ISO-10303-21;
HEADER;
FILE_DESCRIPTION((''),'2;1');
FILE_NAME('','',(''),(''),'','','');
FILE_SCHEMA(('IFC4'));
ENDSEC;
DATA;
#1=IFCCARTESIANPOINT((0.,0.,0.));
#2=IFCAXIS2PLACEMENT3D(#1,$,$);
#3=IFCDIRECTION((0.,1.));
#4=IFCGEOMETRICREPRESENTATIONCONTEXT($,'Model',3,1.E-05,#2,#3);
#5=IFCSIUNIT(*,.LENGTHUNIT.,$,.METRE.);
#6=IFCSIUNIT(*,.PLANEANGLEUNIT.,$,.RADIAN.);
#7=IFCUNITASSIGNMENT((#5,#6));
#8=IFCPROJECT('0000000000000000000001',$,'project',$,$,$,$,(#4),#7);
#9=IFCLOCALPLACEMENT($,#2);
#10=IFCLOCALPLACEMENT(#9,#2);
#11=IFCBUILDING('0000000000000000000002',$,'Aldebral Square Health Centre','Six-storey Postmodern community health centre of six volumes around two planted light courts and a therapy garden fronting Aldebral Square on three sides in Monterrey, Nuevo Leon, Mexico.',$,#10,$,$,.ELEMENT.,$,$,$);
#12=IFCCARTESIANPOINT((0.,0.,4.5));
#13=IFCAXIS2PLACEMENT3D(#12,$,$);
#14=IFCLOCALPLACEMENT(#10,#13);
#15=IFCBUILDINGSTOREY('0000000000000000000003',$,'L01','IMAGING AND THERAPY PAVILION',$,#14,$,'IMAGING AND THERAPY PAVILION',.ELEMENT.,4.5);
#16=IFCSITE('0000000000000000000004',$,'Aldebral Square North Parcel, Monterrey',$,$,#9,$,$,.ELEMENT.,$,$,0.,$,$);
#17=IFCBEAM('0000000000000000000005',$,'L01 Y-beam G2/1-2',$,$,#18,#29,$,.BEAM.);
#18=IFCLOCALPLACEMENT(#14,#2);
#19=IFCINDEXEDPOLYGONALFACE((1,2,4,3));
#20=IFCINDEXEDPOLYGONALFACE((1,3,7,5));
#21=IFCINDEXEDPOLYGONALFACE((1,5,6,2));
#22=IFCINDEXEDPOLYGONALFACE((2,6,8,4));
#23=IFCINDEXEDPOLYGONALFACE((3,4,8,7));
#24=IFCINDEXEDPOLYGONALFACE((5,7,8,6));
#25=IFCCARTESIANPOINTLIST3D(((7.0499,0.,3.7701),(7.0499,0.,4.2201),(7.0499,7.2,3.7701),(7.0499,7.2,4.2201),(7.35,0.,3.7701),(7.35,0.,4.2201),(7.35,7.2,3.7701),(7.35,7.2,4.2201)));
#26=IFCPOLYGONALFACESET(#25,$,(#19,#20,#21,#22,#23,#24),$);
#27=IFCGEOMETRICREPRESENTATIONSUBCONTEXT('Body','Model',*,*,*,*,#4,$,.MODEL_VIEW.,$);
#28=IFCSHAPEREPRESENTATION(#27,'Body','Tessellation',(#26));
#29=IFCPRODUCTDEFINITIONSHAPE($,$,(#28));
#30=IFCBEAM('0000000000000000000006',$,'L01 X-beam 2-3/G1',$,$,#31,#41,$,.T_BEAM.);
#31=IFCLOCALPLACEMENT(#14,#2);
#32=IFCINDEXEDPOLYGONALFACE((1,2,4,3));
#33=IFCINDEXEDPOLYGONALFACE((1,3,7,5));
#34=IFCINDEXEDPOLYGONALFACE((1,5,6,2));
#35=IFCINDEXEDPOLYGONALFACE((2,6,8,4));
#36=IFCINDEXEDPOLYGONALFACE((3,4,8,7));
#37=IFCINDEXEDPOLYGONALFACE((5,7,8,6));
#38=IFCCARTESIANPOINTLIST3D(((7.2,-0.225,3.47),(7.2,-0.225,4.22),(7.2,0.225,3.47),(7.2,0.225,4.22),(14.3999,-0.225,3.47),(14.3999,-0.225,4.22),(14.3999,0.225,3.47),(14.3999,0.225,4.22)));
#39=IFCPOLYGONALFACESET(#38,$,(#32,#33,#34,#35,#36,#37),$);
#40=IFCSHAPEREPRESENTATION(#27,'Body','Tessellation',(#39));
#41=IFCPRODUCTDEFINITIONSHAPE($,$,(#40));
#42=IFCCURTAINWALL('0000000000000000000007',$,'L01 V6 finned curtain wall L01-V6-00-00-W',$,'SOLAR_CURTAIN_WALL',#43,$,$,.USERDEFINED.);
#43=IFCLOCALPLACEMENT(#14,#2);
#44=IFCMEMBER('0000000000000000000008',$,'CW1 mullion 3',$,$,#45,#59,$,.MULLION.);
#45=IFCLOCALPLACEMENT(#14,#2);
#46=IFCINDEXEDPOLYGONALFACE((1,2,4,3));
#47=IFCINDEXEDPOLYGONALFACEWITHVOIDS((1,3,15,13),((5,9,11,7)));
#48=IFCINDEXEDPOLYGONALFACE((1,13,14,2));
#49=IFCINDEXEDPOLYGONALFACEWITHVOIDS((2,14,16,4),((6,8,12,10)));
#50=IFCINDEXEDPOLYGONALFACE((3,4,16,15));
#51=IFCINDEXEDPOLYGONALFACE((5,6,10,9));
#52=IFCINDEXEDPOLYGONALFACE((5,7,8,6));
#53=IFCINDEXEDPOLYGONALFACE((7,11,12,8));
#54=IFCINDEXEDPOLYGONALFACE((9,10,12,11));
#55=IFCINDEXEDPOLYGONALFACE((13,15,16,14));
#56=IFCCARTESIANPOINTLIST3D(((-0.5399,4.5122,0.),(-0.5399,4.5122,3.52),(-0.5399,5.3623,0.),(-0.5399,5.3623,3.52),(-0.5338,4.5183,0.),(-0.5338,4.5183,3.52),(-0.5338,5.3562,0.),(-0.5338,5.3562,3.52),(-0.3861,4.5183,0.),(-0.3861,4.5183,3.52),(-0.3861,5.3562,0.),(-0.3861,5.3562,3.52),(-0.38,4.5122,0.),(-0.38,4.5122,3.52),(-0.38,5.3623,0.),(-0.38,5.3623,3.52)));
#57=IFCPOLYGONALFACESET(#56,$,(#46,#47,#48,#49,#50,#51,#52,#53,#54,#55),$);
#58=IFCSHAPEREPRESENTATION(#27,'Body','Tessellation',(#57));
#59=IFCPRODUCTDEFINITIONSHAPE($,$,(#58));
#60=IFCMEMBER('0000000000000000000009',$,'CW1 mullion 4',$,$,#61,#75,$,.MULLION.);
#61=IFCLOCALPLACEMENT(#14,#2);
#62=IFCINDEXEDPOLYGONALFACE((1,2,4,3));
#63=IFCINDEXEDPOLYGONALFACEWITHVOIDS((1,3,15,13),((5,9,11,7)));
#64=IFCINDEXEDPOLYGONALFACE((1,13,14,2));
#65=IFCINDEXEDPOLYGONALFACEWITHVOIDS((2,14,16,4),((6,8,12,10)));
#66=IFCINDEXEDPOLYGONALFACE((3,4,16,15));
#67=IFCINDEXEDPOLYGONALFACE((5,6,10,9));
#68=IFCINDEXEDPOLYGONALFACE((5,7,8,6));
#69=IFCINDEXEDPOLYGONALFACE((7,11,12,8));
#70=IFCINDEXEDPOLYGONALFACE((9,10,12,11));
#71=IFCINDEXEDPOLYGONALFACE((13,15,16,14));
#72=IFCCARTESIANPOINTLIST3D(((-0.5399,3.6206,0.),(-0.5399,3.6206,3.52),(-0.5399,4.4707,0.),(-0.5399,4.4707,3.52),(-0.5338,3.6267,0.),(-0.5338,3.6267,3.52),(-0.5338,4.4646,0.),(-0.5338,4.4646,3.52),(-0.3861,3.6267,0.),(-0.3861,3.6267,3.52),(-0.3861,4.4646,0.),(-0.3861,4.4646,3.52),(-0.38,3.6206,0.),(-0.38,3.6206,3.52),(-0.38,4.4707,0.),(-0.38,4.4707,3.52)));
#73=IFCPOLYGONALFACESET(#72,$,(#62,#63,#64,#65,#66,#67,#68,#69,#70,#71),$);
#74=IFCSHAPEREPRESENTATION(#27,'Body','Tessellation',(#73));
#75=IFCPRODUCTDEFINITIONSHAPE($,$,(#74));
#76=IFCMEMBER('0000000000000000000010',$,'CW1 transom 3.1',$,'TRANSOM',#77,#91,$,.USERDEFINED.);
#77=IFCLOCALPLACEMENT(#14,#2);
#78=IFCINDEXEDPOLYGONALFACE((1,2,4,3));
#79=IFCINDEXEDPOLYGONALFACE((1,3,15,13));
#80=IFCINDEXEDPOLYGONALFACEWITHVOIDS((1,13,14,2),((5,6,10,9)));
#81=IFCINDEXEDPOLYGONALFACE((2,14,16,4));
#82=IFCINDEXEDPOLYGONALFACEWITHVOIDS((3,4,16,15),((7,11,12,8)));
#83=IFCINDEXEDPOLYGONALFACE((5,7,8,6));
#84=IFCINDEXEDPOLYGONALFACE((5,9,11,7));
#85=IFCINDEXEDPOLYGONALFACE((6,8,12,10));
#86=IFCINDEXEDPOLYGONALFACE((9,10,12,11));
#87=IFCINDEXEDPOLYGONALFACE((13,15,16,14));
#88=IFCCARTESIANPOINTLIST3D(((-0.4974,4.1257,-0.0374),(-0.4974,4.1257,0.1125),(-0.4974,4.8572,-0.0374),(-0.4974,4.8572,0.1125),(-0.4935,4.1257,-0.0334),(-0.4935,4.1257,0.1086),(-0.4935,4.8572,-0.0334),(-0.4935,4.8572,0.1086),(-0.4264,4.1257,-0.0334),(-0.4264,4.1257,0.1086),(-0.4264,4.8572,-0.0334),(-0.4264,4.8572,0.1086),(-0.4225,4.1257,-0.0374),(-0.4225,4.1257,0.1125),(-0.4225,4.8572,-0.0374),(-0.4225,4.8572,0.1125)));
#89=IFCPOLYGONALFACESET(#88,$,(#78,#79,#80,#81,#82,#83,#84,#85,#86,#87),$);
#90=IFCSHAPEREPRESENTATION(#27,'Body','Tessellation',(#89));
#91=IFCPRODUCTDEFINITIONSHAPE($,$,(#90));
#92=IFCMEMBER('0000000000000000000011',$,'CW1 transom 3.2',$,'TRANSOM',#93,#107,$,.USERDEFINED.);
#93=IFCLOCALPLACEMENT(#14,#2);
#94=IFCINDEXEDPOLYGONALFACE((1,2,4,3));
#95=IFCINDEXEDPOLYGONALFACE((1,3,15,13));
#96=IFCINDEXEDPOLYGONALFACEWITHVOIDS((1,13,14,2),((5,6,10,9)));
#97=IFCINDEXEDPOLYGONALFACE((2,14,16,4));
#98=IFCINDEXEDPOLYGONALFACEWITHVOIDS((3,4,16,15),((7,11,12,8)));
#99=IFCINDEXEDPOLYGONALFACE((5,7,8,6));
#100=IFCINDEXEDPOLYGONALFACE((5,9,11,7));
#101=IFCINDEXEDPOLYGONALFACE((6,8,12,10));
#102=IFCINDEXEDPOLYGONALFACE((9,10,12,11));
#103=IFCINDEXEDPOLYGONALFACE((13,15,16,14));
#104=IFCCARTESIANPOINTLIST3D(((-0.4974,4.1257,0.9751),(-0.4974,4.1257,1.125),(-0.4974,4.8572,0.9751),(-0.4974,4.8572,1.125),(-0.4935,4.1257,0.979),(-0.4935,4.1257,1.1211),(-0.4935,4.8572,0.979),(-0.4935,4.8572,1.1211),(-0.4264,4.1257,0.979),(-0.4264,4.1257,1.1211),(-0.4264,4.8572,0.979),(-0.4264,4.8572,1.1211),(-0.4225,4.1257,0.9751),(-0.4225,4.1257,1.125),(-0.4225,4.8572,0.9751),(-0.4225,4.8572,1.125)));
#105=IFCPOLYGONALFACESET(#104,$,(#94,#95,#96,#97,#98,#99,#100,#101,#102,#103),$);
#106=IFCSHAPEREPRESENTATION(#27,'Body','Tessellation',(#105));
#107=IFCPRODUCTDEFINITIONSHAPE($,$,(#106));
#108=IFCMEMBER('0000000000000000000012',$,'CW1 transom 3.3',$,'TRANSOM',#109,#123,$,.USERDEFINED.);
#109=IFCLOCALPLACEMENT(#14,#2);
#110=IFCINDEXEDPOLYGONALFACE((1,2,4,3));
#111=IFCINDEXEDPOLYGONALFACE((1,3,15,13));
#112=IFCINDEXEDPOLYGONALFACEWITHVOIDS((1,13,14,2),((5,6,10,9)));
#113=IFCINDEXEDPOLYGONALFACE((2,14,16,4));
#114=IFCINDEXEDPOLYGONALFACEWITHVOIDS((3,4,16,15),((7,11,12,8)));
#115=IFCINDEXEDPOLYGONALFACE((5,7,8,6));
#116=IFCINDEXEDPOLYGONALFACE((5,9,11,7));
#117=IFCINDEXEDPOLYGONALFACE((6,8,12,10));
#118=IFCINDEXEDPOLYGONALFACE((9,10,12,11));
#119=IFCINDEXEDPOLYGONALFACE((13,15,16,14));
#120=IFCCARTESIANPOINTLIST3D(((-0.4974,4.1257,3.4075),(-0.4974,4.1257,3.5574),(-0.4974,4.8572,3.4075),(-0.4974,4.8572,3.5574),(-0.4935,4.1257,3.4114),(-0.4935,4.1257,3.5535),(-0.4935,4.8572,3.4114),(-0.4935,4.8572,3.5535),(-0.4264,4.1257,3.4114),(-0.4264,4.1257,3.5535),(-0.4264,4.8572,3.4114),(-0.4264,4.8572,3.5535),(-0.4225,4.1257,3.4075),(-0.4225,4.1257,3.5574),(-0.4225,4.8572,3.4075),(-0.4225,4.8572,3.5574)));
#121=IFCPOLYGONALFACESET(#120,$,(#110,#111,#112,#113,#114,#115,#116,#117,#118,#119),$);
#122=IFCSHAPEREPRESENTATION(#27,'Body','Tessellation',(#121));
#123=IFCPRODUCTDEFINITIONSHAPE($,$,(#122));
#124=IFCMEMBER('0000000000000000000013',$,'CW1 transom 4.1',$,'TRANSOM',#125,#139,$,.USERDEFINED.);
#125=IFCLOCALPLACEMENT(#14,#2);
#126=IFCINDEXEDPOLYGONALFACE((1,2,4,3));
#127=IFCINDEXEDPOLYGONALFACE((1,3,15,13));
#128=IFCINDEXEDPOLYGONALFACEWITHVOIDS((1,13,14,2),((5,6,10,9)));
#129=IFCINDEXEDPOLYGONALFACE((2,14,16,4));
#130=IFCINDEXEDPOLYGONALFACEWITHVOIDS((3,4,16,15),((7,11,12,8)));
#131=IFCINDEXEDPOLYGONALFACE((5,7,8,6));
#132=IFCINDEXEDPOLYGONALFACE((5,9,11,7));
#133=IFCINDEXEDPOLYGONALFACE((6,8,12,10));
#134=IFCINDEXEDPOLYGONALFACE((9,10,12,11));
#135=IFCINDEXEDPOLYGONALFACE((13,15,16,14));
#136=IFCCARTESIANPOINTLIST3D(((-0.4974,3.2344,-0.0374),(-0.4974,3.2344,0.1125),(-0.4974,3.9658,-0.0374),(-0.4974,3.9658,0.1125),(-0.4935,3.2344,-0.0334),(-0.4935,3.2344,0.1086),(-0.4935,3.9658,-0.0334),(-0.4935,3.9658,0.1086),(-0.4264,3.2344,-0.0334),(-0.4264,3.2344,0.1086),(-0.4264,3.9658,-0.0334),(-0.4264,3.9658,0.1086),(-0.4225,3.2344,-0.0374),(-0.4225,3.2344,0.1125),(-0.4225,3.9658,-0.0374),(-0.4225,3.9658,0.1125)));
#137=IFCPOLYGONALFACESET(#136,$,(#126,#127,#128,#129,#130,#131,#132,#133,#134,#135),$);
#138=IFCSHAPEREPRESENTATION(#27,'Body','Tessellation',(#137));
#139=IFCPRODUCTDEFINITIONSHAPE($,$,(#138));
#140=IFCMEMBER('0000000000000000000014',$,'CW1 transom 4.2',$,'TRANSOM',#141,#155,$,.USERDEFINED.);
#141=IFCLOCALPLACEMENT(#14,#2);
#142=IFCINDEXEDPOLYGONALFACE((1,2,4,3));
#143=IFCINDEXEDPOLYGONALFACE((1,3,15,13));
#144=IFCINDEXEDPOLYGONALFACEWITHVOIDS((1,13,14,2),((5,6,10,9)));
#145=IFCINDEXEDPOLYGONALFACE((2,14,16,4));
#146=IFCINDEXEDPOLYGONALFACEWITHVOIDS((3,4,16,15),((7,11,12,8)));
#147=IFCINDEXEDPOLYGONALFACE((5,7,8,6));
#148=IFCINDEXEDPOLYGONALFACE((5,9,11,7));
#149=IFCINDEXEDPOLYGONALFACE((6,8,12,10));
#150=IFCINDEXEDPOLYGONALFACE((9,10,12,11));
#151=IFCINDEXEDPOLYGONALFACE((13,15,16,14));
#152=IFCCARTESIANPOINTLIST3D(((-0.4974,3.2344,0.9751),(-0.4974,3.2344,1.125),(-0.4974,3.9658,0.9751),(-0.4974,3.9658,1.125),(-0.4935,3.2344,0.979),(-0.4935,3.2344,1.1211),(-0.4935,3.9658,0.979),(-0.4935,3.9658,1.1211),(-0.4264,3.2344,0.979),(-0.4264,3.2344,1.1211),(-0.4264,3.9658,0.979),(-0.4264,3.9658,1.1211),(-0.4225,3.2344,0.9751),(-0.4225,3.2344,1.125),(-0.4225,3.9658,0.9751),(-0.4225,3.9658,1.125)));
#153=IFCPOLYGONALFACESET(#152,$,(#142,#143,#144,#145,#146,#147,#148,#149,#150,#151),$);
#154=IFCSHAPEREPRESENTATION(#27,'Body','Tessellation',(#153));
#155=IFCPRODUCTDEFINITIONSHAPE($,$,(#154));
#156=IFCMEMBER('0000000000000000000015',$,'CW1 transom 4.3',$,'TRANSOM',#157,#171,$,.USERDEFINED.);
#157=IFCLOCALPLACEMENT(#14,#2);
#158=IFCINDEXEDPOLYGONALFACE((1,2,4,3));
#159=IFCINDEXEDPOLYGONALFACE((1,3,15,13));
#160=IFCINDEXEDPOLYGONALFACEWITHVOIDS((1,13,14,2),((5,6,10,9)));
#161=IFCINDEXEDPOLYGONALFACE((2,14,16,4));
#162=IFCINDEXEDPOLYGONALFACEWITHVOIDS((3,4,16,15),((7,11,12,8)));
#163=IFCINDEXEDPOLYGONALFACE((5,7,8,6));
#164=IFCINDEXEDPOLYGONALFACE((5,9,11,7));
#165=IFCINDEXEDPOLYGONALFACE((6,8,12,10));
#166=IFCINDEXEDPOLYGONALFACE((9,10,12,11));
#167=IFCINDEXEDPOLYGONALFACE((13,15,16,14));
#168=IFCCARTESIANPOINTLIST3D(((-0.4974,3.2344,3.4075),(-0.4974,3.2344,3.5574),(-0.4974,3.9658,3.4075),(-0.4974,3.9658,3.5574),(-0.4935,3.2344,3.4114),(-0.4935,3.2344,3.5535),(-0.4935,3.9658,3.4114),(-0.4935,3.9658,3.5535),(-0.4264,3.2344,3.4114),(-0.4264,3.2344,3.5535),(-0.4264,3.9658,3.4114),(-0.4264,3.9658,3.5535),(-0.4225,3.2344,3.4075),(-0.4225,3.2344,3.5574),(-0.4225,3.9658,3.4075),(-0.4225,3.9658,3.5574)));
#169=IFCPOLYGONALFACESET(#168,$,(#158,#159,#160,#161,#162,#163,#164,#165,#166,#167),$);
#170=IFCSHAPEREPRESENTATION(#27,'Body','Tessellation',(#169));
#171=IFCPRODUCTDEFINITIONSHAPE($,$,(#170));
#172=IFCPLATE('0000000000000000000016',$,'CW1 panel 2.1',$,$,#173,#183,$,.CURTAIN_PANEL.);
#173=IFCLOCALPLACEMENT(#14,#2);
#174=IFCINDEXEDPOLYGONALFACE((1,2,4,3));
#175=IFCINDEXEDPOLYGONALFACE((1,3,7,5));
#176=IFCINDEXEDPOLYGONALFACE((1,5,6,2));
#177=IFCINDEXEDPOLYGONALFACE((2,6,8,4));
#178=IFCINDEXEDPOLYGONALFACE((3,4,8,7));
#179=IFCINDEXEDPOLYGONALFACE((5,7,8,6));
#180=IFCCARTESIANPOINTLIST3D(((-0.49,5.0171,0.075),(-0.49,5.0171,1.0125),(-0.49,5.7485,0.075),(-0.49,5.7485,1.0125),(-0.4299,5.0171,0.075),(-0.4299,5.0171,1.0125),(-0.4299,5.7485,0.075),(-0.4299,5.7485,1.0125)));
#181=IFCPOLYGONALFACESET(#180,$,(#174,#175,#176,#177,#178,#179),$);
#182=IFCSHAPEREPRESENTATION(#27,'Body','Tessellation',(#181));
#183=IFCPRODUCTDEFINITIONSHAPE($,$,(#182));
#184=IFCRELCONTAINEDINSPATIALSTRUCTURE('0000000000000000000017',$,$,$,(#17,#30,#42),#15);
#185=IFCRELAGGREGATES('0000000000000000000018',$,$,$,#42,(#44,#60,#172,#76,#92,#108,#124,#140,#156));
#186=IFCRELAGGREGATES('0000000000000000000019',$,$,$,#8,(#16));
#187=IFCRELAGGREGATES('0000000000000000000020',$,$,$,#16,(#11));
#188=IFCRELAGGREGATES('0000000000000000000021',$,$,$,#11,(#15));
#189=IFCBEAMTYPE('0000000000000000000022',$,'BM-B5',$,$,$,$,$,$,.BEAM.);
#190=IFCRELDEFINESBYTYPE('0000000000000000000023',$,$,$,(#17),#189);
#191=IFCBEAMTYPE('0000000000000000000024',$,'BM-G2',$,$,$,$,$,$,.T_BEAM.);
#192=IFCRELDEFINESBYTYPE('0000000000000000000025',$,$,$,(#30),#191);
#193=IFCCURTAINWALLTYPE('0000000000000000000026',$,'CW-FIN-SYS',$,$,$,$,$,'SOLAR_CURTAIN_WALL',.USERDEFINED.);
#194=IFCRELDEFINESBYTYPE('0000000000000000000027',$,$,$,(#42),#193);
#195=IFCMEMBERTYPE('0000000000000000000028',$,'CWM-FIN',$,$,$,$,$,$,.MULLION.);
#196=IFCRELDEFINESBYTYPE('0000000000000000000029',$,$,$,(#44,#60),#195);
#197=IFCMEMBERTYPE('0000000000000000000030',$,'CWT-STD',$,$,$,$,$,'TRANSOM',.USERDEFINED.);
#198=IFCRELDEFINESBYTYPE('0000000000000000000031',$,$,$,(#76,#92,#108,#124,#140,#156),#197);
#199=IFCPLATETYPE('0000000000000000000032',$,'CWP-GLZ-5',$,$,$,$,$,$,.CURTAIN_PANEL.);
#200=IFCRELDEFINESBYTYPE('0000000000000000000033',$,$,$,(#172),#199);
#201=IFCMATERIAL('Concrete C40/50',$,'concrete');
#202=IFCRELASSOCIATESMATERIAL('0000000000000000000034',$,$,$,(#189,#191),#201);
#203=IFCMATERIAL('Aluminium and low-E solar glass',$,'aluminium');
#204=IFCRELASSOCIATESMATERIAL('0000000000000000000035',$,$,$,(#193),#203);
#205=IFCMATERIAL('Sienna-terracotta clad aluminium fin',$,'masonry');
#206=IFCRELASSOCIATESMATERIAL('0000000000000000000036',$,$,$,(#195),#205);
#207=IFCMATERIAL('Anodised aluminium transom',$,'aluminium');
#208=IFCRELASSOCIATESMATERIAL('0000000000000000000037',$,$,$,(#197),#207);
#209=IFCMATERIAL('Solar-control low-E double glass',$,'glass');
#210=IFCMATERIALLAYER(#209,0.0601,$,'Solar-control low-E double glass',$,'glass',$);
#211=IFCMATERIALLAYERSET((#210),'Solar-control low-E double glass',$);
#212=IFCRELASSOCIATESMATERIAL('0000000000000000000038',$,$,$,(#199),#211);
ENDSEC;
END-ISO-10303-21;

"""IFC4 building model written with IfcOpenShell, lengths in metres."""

from ifc_helpers import new_model, si_unit, direction, frame, origin, origin_2d, place, context, subcontext, project, spatial, rectangle, hollow_rectangle, extrude, material, layer, layer_set, material_profile, profile_set, type_object, element, aggregate, save


model = new_model("IFC4")

# Units and contexts
model_context = context("Model", 3, precision=1e-05, world=origin(), true_north=direction((0.0, 1.0)))
body_context = subcontext(model_context, "Body", "Model", "MODEL_VIEW")
ifc_project = project(units=[si_unit("LENGTHUNIT", "METRE"), si_unit("PLANEANGLEUNIT", "RADIAN")], contexts=[model_context])

# Site, building, storey
site_placement = place(None, origin())
site = spatial("IfcSite", under=ifc_project, at=site_placement, Name="Aldebral Square North Parcel, Monterrey", CompositionType="ELEMENT", RefElevation=0.0)
building_placement = place(site_placement, origin())
building = spatial("IfcBuilding", under=site, at=building_placement, Name="Aldebral Square Health Centre", Description="Six-storey Postmodern community health centre of six volumes around two planted light courts and a therapy garden fronting Aldebral Square on three sides in Monterrey, Nuevo Leon, Mexico.", CompositionType="ELEMENT")
storey_placement = place(building_placement, frame((0.0, 0.0, 4.5)))
storey = spatial("IfcBuildingStorey", under=building, at=storey_placement, Name="L01", Description="IMAGING AND THERAPY PAVILION", LongName="IMAGING AND THERAPY PAVILION", CompositionType="ELEMENT", Elevation=4.5)

# Beams
ifc_material_1 = material(Name="Concrete C40/50", Category="concrete")
ifc_material_profile_1 = material_profile(ifc_material_1, rectangle(XDim=0.3, YDim=0.45, at=origin_2d()), Name="RC 300x450")
ifc_profile_set_1 = profile_set([ifc_material_profile_1], Name="Concrete C40/50")
beam_type_1 = type_object("IfcBeamType", Name="BM-B5", PredefinedType="BEAM", material=ifc_profile_set_1)
beam_1_placement = place(storey_placement, frame((7.2, 0.0, 3.9951), z_axis=(0.0, 1.0, 0.0), x_axis=(-1.0, 0.0, 0.0)))
element("IfcBeam", 1, at=beam_1_placement, inside=storey, type_object=beam_type_1, Name="L01 Y-beam G2/1-2", PredefinedType="BEAM", context=body_context, shape_type="SweptSolid", body=[
    extrude(rectangle(XDim=0.3, YDim=0.45, at=origin_2d()), origin(), (0.0, 0.0, 1.0), 7.2),
])
ifc_material_profile_2 = material_profile(ifc_material_1, rectangle(XDim=0.45, YDim=0.75, at=origin_2d()), Name="RC 450x750")
ifc_profile_set_2 = profile_set([ifc_material_profile_2], Name="Concrete C40/50")
beam_type_2 = type_object("IfcBeamType", Name="BM-G2", PredefinedType="T_BEAM", material=ifc_profile_set_2)
beam_2_placement = place(storey_placement, frame((7.2, 0.0, 3.845), z_axis=(1.0, 0.0, 0.0), x_axis=(0.0, 1.0, 0.0)))
element("IfcBeam", 2, at=beam_2_placement, inside=storey, type_object=beam_type_2, Name="L01 X-beam 2-3/G1", PredefinedType="T_BEAM", context=body_context, shape_type="SweptSolid", body=[
    extrude(rectangle(XDim=0.45, YDim=0.75, at=origin_2d()), origin(), (0.0, 0.0, 1.0), 7.2),
])

# Curtain wall, members, plate
ifc_material_2 = material(Name="Aluminium and low-E solar glass", Category="aluminium")
curtain_wall_type = type_object("IfcCurtainWallType", Name="CW-FIN-SYS", ElementType="SOLAR_CURTAIN_WALL", PredefinedType="USERDEFINED", material=ifc_material_2)
curtain_wall_placement = place(storey_placement, origin())
curtain_wall = element("IfcCurtainWall", 3, at=curtain_wall_placement, inside=storey, type_object=curtain_wall_type, Name="L01 V6 finned curtain wall L01-V6-00-00-W", ObjectType="SOLAR_CURTAIN_WALL", PredefinedType="USERDEFINED")
ifc_material_3 = material(Name="Sienna-terracotta clad aluminium fin", Category="masonry")
ifc_material_profile_3 = material_profile(ifc_material_3, hollow_rectangle(XDim=0.1599, YDim=0.8501, WallThickness=0.0061, at=origin_2d()), Name="FIN 160x850x6")
ifc_profile_set_3 = profile_set([ifc_material_profile_3], Name="Sienna-terracotta clad aluminium fin")
member_type_1 = type_object("IfcMemberType", Name="CWM-FIN", PredefinedType="MULLION", material=ifc_profile_set_3)
member_1_placement = place(storey_placement, frame((-0.46, 4.9373, 0.0), z_axis=(0.0, 0.0, 1.0), x_axis=(1.0, 0.0, 0.0)))
member_1 = element("IfcMember", 4, at=member_1_placement, type_object=member_type_1, Name="CW1 mullion 3", PredefinedType="MULLION", context=body_context, shape_type="SweptSolid", body=[
    extrude(hollow_rectangle(XDim=0.1599, YDim=0.8501, WallThickness=0.0061, at=origin_2d()), origin(), (0.0, 0.0, 1.0), 3.52),
])
member_2_placement = place(storey_placement, frame((-0.46, 4.0457, 0.0), z_axis=(0.0, 0.0, 1.0), x_axis=(1.0, 0.0, 0.0)))
member_2 = element("IfcMember", 5, at=member_2_placement, type_object=member_type_1, Name="CW1 mullion 4", PredefinedType="MULLION", context=body_context, shape_type="SweptSolid", body=[
    extrude(hollow_rectangle(XDim=0.1599, YDim=0.8501, WallThickness=0.0061, at=origin_2d()), origin(), (0.0, 0.0, 1.0), 3.52),
])
ifc_material_4 = material(Name="Anodised aluminium transom", Category="aluminium")
ifc_material_profile_4 = material_profile(ifc_material_4, hollow_rectangle(XDim=0.075, YDim=0.1499, WallThickness=0.0039, at=origin_2d()), Name="CWT 75x150x4")
ifc_profile_set_4 = profile_set([ifc_material_profile_4], Name="Anodised aluminium transom")
member_type_2 = type_object("IfcMemberType", Name="CWT-STD", ElementType="TRANSOM", PredefinedType="USERDEFINED", material=ifc_profile_set_4)
member_3_placement = place(storey_placement, frame((-0.46, 4.8572, 0.0376), z_axis=(0.0, -1.0, 0.0), x_axis=(1.0, 0.0, 0.0)))
member_3 = element("IfcMember", 6, at=member_3_placement, type_object=member_type_2, Name="CW1 transom 3.1", ObjectType="TRANSOM", PredefinedType="USERDEFINED", context=body_context, shape_type="SweptSolid", body=[
    extrude(hollow_rectangle(XDim=0.075, YDim=0.1499, WallThickness=0.0039, at=origin_2d()), origin(), (0.0, 0.0, 1.0), 0.7314),
])
member_4_placement = place(storey_placement, frame((-0.46, 4.8572, 1.05), z_axis=(0.0, -1.0, 0.0), x_axis=(1.0, 0.0, 0.0)))
member_4 = element("IfcMember", 7, at=member_4_placement, type_object=member_type_2, Name="CW1 transom 3.2", ObjectType="TRANSOM", PredefinedType="USERDEFINED", context=body_context, shape_type="SweptSolid", body=[
    extrude(hollow_rectangle(XDim=0.075, YDim=0.1499, WallThickness=0.0039, at=origin_2d()), origin(), (0.0, 0.0, 1.0), 0.7314),
])
member_5_placement = place(storey_placement, frame((-0.46, 4.8572, 3.4824), z_axis=(0.0, -1.0, 0.0), x_axis=(1.0, 0.0, 0.0)))
member_5 = element("IfcMember", 8, at=member_5_placement, type_object=member_type_2, Name="CW1 transom 3.3", ObjectType="TRANSOM", PredefinedType="USERDEFINED", context=body_context, shape_type="SweptSolid", body=[
    extrude(hollow_rectangle(XDim=0.075, YDim=0.1499, WallThickness=0.0039, at=origin_2d()), origin(), (0.0, 0.0, 1.0), 0.7314),
])
member_6_placement = place(storey_placement, frame((-0.46, 3.9658, 0.0376), z_axis=(0.0, -1.0, 0.0), x_axis=(1.0, 0.0, 0.0)))
member_6 = element("IfcMember", 9, at=member_6_placement, type_object=member_type_2, Name="CW1 transom 4.1", ObjectType="TRANSOM", PredefinedType="USERDEFINED", context=body_context, shape_type="SweptSolid", body=[
    extrude(hollow_rectangle(XDim=0.075, YDim=0.1499, WallThickness=0.0039, at=origin_2d()), origin(), (0.0, 0.0, 1.0), 0.7314),
])
member_7_placement = place(storey_placement, frame((-0.46, 3.9658, 1.05), z_axis=(0.0, -1.0, 0.0), x_axis=(1.0, 0.0, 0.0)))
member_7 = element("IfcMember", 10, at=member_7_placement, type_object=member_type_2, Name="CW1 transom 4.2", ObjectType="TRANSOM", PredefinedType="USERDEFINED", context=body_context, shape_type="SweptSolid", body=[
    extrude(hollow_rectangle(XDim=0.075, YDim=0.1499, WallThickness=0.0039, at=origin_2d()), origin(), (0.0, 0.0, 1.0), 0.7314),
])
member_8_placement = place(storey_placement, frame((-0.46, 3.9658, 3.4824), z_axis=(0.0, -1.0, 0.0), x_axis=(1.0, 0.0, 0.0)))
member_8 = element("IfcMember", 11, at=member_8_placement, type_object=member_type_2, Name="CW1 transom 4.3", ObjectType="TRANSOM", PredefinedType="USERDEFINED", context=body_context, shape_type="SweptSolid", body=[
    extrude(hollow_rectangle(XDim=0.075, YDim=0.1499, WallThickness=0.0039, at=origin_2d()), origin(), (0.0, 0.0, 1.0), 0.7314),
])
ifc_material_5 = material(Name="Solar-control low-E double glass", Category="glass")
ifc_layer_1 = layer(ifc_material_5, 0.0601, Name="Solar-control low-E double glass", Category="glass")
ifc_layer_set_1 = layer_set([ifc_layer_1], Name="Solar-control low-E double glass")
plate_type = type_object("IfcPlateType", Name="CWP-GLZ-5", PredefinedType="CURTAIN_PANEL", material=ifc_layer_set_1)
plate_1_placement = place(storey_placement, frame((-0.46, 5.3828, 0.075), z_axis=(0.0, 0.0, 1.0), x_axis=(0.0, -1.0, 0.0)))
plate_1 = element("IfcPlate", 12, at=plate_1_placement, type_object=plate_type, Name="CW1 panel 2.1", PredefinedType="CURTAIN_PANEL", context=body_context, shape_type="SweptSolid", body=[
    extrude(rectangle(XDim=0.7314, YDim=0.0601, at=origin_2d()), origin(), (0.0, 0.0, 1.0), 0.9375),
])
aggregate(curtain_wall, [member_1, member_2, plate_1, member_3, member_4, member_5, member_6, member_7, member_8])

save(model, "model.ifc")
